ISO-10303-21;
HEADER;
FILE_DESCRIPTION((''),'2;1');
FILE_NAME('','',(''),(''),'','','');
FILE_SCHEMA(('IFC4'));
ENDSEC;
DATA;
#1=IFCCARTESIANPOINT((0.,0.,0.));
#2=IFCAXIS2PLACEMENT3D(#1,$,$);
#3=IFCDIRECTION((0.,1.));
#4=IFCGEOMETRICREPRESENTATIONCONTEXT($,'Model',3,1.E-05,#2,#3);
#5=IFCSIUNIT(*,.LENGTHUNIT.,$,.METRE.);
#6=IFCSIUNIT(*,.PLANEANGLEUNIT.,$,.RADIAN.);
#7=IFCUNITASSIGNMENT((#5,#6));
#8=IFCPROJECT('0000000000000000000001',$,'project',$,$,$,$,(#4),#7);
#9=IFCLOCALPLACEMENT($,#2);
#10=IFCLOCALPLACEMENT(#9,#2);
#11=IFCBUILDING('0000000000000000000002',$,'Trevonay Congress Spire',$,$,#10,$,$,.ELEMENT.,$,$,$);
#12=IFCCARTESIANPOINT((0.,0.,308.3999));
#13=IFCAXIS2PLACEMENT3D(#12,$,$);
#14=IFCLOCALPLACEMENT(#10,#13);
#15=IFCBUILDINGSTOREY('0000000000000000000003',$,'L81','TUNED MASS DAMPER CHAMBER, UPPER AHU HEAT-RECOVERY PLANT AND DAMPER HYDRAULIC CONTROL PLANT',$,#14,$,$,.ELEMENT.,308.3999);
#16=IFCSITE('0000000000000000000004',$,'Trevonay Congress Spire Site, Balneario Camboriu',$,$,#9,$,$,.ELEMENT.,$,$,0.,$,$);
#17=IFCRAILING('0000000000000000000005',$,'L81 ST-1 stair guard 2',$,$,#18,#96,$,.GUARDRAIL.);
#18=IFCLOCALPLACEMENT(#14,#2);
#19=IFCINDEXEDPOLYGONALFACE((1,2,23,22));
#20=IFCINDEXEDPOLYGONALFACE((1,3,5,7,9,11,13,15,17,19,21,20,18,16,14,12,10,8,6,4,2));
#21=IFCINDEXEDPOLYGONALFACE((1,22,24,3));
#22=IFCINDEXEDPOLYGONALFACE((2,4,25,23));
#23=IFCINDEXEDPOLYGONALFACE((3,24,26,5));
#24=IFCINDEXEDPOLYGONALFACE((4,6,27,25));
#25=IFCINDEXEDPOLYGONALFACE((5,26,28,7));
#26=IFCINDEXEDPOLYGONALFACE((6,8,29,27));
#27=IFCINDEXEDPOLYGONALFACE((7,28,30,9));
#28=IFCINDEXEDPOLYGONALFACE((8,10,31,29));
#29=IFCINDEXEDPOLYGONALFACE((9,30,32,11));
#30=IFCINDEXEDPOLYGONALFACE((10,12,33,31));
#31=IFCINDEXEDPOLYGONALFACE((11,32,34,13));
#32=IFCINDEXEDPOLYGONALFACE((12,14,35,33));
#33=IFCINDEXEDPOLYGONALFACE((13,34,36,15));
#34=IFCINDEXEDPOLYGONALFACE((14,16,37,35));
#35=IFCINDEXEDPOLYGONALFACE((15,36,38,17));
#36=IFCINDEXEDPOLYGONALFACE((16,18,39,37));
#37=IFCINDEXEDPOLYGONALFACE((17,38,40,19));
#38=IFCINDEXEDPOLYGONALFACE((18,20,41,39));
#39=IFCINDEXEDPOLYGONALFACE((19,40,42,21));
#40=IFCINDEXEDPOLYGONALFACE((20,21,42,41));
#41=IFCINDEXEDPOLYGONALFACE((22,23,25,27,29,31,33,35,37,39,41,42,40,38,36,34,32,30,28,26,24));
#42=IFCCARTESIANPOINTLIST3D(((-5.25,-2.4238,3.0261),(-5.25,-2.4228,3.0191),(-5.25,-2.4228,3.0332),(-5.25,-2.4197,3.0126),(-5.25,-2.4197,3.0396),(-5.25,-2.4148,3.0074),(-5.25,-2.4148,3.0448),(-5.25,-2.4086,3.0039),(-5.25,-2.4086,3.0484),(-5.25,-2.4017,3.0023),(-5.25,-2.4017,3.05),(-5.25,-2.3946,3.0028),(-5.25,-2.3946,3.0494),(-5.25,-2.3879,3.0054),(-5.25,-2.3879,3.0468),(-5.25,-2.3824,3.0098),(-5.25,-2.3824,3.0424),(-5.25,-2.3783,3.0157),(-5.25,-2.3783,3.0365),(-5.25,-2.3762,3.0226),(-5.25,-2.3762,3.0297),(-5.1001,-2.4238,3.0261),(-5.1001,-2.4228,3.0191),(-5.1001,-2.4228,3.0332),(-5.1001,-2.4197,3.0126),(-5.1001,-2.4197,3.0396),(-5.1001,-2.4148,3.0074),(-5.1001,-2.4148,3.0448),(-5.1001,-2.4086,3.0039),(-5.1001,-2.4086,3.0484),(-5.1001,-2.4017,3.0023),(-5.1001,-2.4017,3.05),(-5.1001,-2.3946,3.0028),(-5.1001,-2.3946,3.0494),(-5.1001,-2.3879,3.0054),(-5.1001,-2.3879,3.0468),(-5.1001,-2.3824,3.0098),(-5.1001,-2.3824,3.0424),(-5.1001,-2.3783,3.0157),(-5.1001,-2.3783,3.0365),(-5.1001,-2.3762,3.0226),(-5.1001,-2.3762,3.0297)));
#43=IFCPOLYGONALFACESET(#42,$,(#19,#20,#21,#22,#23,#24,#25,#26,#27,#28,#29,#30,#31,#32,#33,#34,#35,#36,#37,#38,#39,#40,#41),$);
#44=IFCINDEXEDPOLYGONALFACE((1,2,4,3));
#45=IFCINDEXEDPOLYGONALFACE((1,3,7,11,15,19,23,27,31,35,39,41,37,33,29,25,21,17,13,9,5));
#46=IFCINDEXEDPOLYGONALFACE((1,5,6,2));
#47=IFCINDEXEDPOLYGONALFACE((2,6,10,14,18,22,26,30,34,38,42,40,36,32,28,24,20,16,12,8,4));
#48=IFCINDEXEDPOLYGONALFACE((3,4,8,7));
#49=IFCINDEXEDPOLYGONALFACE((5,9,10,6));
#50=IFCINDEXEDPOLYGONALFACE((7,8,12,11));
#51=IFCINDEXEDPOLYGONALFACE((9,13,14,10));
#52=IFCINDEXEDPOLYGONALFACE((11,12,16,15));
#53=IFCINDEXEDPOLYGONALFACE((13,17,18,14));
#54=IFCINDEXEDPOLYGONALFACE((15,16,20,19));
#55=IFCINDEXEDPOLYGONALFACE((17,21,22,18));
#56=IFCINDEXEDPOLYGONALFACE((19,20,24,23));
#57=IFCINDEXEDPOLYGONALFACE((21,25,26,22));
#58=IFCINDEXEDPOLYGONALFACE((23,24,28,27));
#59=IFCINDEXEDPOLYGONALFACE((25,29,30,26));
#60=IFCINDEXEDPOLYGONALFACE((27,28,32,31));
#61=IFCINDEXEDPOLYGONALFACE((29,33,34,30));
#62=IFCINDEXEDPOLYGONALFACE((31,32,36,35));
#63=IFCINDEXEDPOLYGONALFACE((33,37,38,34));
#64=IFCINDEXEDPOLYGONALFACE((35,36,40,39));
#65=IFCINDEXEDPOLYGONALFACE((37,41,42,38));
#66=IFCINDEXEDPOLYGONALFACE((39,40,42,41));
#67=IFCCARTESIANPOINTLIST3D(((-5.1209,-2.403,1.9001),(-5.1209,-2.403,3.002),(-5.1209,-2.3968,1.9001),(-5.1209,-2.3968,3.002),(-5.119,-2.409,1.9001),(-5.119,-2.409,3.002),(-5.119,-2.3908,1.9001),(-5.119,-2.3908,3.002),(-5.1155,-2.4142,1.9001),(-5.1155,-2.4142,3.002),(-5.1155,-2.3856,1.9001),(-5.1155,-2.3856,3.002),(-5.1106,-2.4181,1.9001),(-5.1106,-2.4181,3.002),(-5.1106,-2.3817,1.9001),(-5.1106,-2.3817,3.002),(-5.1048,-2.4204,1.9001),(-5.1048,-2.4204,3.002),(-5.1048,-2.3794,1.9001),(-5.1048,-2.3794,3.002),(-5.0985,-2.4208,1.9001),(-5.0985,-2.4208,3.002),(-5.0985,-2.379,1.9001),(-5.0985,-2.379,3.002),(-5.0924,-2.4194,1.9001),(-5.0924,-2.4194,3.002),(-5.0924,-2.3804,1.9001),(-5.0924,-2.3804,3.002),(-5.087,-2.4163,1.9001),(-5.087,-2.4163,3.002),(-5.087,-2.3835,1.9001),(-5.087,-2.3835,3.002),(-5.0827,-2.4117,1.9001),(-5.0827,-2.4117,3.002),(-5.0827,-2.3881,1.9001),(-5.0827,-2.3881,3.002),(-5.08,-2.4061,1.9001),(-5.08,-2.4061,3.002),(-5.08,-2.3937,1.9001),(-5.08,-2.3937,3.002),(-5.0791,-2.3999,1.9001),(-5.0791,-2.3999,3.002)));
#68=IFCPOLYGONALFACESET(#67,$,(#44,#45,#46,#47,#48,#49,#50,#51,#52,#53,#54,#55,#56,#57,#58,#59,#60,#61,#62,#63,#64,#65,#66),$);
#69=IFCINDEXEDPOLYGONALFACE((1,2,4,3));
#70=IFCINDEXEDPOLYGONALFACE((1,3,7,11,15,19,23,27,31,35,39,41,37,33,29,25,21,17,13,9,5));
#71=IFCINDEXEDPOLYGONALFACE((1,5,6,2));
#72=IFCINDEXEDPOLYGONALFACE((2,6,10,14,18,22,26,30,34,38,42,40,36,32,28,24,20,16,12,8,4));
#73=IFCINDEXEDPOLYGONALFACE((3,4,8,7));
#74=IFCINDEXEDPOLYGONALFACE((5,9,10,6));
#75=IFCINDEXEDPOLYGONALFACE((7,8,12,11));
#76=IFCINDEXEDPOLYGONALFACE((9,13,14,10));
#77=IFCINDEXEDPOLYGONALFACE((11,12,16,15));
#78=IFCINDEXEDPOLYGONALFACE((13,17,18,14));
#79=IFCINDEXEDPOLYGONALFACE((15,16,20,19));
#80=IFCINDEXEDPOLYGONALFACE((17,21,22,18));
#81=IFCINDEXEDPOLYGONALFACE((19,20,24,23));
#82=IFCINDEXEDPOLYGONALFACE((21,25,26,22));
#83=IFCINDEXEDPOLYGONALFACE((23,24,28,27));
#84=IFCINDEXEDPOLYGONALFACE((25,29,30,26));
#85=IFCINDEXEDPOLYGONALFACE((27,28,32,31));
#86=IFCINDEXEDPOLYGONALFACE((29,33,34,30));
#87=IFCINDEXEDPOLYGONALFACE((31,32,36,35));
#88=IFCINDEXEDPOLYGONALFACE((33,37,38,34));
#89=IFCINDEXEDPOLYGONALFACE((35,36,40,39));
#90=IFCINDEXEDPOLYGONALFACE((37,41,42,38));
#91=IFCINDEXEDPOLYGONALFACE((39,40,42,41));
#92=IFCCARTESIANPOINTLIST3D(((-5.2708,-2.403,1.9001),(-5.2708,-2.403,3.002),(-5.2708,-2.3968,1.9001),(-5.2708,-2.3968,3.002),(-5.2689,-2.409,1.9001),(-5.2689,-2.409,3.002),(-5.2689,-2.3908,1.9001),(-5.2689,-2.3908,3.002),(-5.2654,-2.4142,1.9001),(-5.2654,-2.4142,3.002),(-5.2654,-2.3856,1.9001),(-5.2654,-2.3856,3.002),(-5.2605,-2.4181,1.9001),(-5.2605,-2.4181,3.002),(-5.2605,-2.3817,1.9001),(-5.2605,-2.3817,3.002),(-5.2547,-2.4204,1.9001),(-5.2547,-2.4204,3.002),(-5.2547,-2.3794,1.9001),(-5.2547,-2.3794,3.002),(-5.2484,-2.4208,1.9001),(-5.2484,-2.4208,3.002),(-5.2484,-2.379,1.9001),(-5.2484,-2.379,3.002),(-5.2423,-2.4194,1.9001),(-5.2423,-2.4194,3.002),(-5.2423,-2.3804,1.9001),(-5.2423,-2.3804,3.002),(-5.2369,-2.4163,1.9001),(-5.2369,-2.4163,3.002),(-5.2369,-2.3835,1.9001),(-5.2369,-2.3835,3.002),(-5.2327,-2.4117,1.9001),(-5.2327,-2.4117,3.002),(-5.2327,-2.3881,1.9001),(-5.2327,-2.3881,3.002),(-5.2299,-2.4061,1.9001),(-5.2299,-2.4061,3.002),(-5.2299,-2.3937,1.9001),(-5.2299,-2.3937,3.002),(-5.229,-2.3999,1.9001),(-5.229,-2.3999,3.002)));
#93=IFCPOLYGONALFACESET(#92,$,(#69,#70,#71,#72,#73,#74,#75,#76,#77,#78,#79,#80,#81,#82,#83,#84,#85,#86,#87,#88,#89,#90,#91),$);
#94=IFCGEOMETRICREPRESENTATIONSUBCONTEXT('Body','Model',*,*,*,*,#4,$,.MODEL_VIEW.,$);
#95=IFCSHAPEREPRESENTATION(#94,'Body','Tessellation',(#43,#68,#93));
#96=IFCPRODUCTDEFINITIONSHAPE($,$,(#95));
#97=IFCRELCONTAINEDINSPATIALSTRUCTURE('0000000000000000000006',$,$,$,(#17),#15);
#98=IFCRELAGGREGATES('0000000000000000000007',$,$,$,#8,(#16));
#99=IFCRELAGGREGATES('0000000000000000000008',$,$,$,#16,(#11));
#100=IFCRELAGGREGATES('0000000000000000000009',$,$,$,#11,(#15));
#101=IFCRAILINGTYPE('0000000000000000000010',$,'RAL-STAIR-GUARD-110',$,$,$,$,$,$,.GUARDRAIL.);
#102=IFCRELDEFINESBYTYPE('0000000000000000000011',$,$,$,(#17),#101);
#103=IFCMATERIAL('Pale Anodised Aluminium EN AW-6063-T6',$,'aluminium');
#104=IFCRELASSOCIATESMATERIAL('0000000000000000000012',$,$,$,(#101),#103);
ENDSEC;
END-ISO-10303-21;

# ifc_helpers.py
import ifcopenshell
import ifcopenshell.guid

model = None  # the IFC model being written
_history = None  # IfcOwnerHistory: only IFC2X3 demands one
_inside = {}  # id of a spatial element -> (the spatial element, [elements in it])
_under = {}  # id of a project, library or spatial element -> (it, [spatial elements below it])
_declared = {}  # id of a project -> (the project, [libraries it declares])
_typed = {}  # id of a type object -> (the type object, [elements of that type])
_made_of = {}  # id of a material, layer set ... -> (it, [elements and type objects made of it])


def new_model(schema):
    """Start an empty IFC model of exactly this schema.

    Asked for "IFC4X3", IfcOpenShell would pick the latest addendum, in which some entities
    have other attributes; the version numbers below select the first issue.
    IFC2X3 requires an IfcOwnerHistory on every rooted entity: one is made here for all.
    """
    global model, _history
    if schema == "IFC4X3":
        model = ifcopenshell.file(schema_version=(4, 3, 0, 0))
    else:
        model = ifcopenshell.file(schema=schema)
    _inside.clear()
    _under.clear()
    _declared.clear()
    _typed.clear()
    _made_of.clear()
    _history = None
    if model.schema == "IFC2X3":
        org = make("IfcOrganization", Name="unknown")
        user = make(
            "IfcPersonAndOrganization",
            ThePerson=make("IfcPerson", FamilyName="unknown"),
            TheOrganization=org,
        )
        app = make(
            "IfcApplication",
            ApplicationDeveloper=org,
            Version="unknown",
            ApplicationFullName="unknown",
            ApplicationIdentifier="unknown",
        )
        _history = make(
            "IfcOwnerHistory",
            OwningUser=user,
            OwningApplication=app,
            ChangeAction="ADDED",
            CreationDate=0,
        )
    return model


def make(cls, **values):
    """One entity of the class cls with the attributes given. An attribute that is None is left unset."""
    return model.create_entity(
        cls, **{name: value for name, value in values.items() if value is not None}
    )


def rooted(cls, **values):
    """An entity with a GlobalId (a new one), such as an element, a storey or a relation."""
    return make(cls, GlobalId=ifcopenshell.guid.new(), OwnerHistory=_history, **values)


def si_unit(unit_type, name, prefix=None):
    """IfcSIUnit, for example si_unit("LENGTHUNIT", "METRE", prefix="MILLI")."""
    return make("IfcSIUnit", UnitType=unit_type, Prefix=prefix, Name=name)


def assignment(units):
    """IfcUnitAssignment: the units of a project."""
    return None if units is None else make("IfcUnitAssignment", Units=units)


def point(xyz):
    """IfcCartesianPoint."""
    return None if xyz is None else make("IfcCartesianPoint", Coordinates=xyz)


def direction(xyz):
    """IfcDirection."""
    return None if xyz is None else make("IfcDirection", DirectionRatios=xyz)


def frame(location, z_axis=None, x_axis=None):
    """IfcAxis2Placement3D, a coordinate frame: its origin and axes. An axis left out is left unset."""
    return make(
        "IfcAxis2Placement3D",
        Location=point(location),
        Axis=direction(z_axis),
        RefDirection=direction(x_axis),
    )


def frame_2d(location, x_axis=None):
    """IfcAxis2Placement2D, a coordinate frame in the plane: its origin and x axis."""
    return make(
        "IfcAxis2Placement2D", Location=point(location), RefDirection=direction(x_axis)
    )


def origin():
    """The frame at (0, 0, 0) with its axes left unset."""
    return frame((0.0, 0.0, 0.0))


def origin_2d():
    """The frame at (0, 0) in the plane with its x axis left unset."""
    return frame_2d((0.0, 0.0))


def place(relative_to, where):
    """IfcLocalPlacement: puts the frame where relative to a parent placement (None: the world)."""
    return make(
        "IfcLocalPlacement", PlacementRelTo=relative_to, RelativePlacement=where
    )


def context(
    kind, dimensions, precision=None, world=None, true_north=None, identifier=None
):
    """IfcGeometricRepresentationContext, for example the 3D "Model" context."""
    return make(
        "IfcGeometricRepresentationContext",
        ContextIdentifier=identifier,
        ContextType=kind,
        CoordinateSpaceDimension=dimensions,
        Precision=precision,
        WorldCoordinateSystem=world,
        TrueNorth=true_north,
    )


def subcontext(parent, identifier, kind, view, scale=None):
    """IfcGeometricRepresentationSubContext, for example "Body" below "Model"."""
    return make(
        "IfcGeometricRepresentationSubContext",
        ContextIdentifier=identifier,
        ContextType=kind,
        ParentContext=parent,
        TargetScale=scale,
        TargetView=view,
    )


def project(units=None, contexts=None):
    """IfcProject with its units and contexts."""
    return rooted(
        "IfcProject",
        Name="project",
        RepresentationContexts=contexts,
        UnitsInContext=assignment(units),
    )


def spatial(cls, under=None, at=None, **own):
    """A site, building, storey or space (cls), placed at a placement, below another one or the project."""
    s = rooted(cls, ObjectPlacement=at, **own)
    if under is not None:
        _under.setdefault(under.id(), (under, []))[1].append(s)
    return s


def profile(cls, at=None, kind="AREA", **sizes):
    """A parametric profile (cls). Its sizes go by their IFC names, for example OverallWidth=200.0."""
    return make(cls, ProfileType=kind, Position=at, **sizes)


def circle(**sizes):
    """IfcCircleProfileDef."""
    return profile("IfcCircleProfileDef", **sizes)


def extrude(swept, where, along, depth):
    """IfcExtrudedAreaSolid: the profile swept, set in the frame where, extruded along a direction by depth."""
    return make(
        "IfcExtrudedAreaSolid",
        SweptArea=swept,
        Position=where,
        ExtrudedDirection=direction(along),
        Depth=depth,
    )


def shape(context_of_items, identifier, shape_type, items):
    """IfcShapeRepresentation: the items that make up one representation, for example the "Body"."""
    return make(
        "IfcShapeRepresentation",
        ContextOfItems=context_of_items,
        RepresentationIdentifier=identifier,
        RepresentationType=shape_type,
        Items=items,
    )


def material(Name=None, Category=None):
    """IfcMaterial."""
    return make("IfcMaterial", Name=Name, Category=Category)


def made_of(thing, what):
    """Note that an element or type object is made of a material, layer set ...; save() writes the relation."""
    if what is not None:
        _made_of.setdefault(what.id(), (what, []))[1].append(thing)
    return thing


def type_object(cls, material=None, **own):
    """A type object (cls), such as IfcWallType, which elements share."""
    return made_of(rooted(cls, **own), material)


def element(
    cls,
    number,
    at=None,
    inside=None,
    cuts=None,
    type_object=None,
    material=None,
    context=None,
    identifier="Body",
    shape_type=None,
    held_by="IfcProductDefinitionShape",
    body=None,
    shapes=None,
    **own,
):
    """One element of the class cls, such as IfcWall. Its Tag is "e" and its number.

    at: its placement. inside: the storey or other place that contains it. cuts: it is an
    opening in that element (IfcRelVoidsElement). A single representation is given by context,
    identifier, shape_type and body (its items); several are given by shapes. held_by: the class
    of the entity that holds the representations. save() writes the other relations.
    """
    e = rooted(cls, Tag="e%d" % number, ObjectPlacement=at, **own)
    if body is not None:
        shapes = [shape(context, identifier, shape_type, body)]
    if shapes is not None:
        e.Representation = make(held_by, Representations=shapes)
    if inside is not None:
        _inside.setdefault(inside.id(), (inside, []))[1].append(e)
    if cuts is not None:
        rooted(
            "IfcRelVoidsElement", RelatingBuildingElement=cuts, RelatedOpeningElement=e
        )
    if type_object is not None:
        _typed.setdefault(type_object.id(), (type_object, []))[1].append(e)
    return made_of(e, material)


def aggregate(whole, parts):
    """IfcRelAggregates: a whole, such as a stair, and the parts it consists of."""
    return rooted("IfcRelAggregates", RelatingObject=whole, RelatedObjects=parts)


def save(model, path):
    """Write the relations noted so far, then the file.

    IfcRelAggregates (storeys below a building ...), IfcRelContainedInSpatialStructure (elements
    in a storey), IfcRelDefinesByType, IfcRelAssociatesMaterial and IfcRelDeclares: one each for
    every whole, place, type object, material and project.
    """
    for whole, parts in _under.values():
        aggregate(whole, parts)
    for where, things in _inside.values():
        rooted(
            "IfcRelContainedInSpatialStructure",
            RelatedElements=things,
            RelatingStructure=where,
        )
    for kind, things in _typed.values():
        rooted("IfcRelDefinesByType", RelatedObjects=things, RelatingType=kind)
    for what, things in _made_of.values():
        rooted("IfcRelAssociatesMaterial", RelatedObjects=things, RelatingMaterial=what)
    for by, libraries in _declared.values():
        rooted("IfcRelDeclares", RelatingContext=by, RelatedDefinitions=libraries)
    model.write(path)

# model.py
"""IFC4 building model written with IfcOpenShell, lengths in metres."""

from ifc_helpers import new_model, si_unit, direction, frame, origin, origin_2d, place, context, subcontext, project, spatial, circle, extrude, material, type_object, element, save


model = new_model("IFC4")

# Units and contexts
model_context = context("Model", 3, precision=1e-05, world=origin(), true_north=direction((0.0, 1.0)))
body_context = subcontext(model_context, "Body", "Model", "MODEL_VIEW")
ifc_project = project(units=[si_unit("LENGTHUNIT", "METRE"), si_unit("PLANEANGLEUNIT", "RADIAN")], contexts=[model_context])

# Site, building, storey
site_placement = place(None, origin())
site = spatial("IfcSite", under=ifc_project, at=site_placement, Name="Trevonay Congress Spire Site, Balneario Camboriu", CompositionType="ELEMENT", RefElevation=0.0)
building_placement = place(site_placement, origin())
building = spatial("IfcBuilding", under=site, at=building_placement, Name="Trevonay Congress Spire", CompositionType="ELEMENT")
storey_placement = place(building_placement, frame((0.0, 0.0, 308.3999)))
storey = spatial("IfcBuildingStorey", under=building, at=storey_placement, Name="L81", Description="TUNED MASS DAMPER CHAMBER, UPPER AHU HEAT-RECOVERY PLANT AND DAMPER HYDRAULIC CONTROL PLANT", CompositionType="ELEMENT", Elevation=308.3999)

# Railing
ifc_material_1 = material(Name="Pale Anodised Aluminium EN AW-6063-T6", Category="aluminium")
railing_type_1 = type_object("IfcRailingType", Name="RAL-STAIR-GUARD-110", PredefinedType="GUARDRAIL", material=ifc_material_1)
railing_1_placement = place(storey_placement, frame((-5.1001, -2.3999, 1.9001)))
element("IfcRailing", 1, at=railing_1_placement, inside=storey, type_object=railing_type_1, Name="L81 ST-1 stair guard 2", PredefinedType="GUARDRAIL", context=body_context, shape_type="SweptSolid", body=[
    extrude(circle(Radius=0.0239, at=origin_2d()), frame((0.0, 0.0, 1.126), z_axis=(-1.0, 0.0, 0.0), x_axis=(0.0, -1.0, 0.0)), (0.0, 0.0, 1.0), 0.1499),
    extrude(circle(Radius=0.021, at=origin_2d()), origin(), (0.0, 0.0, 1.0), 1.1018),
    extrude(circle(Radius=0.021, at=origin_2d()), frame((-0.1499, 0.0, 0.0)), (0.0, 0.0, 1.0), 1.1018),
])

save(model, "model.ifc")
